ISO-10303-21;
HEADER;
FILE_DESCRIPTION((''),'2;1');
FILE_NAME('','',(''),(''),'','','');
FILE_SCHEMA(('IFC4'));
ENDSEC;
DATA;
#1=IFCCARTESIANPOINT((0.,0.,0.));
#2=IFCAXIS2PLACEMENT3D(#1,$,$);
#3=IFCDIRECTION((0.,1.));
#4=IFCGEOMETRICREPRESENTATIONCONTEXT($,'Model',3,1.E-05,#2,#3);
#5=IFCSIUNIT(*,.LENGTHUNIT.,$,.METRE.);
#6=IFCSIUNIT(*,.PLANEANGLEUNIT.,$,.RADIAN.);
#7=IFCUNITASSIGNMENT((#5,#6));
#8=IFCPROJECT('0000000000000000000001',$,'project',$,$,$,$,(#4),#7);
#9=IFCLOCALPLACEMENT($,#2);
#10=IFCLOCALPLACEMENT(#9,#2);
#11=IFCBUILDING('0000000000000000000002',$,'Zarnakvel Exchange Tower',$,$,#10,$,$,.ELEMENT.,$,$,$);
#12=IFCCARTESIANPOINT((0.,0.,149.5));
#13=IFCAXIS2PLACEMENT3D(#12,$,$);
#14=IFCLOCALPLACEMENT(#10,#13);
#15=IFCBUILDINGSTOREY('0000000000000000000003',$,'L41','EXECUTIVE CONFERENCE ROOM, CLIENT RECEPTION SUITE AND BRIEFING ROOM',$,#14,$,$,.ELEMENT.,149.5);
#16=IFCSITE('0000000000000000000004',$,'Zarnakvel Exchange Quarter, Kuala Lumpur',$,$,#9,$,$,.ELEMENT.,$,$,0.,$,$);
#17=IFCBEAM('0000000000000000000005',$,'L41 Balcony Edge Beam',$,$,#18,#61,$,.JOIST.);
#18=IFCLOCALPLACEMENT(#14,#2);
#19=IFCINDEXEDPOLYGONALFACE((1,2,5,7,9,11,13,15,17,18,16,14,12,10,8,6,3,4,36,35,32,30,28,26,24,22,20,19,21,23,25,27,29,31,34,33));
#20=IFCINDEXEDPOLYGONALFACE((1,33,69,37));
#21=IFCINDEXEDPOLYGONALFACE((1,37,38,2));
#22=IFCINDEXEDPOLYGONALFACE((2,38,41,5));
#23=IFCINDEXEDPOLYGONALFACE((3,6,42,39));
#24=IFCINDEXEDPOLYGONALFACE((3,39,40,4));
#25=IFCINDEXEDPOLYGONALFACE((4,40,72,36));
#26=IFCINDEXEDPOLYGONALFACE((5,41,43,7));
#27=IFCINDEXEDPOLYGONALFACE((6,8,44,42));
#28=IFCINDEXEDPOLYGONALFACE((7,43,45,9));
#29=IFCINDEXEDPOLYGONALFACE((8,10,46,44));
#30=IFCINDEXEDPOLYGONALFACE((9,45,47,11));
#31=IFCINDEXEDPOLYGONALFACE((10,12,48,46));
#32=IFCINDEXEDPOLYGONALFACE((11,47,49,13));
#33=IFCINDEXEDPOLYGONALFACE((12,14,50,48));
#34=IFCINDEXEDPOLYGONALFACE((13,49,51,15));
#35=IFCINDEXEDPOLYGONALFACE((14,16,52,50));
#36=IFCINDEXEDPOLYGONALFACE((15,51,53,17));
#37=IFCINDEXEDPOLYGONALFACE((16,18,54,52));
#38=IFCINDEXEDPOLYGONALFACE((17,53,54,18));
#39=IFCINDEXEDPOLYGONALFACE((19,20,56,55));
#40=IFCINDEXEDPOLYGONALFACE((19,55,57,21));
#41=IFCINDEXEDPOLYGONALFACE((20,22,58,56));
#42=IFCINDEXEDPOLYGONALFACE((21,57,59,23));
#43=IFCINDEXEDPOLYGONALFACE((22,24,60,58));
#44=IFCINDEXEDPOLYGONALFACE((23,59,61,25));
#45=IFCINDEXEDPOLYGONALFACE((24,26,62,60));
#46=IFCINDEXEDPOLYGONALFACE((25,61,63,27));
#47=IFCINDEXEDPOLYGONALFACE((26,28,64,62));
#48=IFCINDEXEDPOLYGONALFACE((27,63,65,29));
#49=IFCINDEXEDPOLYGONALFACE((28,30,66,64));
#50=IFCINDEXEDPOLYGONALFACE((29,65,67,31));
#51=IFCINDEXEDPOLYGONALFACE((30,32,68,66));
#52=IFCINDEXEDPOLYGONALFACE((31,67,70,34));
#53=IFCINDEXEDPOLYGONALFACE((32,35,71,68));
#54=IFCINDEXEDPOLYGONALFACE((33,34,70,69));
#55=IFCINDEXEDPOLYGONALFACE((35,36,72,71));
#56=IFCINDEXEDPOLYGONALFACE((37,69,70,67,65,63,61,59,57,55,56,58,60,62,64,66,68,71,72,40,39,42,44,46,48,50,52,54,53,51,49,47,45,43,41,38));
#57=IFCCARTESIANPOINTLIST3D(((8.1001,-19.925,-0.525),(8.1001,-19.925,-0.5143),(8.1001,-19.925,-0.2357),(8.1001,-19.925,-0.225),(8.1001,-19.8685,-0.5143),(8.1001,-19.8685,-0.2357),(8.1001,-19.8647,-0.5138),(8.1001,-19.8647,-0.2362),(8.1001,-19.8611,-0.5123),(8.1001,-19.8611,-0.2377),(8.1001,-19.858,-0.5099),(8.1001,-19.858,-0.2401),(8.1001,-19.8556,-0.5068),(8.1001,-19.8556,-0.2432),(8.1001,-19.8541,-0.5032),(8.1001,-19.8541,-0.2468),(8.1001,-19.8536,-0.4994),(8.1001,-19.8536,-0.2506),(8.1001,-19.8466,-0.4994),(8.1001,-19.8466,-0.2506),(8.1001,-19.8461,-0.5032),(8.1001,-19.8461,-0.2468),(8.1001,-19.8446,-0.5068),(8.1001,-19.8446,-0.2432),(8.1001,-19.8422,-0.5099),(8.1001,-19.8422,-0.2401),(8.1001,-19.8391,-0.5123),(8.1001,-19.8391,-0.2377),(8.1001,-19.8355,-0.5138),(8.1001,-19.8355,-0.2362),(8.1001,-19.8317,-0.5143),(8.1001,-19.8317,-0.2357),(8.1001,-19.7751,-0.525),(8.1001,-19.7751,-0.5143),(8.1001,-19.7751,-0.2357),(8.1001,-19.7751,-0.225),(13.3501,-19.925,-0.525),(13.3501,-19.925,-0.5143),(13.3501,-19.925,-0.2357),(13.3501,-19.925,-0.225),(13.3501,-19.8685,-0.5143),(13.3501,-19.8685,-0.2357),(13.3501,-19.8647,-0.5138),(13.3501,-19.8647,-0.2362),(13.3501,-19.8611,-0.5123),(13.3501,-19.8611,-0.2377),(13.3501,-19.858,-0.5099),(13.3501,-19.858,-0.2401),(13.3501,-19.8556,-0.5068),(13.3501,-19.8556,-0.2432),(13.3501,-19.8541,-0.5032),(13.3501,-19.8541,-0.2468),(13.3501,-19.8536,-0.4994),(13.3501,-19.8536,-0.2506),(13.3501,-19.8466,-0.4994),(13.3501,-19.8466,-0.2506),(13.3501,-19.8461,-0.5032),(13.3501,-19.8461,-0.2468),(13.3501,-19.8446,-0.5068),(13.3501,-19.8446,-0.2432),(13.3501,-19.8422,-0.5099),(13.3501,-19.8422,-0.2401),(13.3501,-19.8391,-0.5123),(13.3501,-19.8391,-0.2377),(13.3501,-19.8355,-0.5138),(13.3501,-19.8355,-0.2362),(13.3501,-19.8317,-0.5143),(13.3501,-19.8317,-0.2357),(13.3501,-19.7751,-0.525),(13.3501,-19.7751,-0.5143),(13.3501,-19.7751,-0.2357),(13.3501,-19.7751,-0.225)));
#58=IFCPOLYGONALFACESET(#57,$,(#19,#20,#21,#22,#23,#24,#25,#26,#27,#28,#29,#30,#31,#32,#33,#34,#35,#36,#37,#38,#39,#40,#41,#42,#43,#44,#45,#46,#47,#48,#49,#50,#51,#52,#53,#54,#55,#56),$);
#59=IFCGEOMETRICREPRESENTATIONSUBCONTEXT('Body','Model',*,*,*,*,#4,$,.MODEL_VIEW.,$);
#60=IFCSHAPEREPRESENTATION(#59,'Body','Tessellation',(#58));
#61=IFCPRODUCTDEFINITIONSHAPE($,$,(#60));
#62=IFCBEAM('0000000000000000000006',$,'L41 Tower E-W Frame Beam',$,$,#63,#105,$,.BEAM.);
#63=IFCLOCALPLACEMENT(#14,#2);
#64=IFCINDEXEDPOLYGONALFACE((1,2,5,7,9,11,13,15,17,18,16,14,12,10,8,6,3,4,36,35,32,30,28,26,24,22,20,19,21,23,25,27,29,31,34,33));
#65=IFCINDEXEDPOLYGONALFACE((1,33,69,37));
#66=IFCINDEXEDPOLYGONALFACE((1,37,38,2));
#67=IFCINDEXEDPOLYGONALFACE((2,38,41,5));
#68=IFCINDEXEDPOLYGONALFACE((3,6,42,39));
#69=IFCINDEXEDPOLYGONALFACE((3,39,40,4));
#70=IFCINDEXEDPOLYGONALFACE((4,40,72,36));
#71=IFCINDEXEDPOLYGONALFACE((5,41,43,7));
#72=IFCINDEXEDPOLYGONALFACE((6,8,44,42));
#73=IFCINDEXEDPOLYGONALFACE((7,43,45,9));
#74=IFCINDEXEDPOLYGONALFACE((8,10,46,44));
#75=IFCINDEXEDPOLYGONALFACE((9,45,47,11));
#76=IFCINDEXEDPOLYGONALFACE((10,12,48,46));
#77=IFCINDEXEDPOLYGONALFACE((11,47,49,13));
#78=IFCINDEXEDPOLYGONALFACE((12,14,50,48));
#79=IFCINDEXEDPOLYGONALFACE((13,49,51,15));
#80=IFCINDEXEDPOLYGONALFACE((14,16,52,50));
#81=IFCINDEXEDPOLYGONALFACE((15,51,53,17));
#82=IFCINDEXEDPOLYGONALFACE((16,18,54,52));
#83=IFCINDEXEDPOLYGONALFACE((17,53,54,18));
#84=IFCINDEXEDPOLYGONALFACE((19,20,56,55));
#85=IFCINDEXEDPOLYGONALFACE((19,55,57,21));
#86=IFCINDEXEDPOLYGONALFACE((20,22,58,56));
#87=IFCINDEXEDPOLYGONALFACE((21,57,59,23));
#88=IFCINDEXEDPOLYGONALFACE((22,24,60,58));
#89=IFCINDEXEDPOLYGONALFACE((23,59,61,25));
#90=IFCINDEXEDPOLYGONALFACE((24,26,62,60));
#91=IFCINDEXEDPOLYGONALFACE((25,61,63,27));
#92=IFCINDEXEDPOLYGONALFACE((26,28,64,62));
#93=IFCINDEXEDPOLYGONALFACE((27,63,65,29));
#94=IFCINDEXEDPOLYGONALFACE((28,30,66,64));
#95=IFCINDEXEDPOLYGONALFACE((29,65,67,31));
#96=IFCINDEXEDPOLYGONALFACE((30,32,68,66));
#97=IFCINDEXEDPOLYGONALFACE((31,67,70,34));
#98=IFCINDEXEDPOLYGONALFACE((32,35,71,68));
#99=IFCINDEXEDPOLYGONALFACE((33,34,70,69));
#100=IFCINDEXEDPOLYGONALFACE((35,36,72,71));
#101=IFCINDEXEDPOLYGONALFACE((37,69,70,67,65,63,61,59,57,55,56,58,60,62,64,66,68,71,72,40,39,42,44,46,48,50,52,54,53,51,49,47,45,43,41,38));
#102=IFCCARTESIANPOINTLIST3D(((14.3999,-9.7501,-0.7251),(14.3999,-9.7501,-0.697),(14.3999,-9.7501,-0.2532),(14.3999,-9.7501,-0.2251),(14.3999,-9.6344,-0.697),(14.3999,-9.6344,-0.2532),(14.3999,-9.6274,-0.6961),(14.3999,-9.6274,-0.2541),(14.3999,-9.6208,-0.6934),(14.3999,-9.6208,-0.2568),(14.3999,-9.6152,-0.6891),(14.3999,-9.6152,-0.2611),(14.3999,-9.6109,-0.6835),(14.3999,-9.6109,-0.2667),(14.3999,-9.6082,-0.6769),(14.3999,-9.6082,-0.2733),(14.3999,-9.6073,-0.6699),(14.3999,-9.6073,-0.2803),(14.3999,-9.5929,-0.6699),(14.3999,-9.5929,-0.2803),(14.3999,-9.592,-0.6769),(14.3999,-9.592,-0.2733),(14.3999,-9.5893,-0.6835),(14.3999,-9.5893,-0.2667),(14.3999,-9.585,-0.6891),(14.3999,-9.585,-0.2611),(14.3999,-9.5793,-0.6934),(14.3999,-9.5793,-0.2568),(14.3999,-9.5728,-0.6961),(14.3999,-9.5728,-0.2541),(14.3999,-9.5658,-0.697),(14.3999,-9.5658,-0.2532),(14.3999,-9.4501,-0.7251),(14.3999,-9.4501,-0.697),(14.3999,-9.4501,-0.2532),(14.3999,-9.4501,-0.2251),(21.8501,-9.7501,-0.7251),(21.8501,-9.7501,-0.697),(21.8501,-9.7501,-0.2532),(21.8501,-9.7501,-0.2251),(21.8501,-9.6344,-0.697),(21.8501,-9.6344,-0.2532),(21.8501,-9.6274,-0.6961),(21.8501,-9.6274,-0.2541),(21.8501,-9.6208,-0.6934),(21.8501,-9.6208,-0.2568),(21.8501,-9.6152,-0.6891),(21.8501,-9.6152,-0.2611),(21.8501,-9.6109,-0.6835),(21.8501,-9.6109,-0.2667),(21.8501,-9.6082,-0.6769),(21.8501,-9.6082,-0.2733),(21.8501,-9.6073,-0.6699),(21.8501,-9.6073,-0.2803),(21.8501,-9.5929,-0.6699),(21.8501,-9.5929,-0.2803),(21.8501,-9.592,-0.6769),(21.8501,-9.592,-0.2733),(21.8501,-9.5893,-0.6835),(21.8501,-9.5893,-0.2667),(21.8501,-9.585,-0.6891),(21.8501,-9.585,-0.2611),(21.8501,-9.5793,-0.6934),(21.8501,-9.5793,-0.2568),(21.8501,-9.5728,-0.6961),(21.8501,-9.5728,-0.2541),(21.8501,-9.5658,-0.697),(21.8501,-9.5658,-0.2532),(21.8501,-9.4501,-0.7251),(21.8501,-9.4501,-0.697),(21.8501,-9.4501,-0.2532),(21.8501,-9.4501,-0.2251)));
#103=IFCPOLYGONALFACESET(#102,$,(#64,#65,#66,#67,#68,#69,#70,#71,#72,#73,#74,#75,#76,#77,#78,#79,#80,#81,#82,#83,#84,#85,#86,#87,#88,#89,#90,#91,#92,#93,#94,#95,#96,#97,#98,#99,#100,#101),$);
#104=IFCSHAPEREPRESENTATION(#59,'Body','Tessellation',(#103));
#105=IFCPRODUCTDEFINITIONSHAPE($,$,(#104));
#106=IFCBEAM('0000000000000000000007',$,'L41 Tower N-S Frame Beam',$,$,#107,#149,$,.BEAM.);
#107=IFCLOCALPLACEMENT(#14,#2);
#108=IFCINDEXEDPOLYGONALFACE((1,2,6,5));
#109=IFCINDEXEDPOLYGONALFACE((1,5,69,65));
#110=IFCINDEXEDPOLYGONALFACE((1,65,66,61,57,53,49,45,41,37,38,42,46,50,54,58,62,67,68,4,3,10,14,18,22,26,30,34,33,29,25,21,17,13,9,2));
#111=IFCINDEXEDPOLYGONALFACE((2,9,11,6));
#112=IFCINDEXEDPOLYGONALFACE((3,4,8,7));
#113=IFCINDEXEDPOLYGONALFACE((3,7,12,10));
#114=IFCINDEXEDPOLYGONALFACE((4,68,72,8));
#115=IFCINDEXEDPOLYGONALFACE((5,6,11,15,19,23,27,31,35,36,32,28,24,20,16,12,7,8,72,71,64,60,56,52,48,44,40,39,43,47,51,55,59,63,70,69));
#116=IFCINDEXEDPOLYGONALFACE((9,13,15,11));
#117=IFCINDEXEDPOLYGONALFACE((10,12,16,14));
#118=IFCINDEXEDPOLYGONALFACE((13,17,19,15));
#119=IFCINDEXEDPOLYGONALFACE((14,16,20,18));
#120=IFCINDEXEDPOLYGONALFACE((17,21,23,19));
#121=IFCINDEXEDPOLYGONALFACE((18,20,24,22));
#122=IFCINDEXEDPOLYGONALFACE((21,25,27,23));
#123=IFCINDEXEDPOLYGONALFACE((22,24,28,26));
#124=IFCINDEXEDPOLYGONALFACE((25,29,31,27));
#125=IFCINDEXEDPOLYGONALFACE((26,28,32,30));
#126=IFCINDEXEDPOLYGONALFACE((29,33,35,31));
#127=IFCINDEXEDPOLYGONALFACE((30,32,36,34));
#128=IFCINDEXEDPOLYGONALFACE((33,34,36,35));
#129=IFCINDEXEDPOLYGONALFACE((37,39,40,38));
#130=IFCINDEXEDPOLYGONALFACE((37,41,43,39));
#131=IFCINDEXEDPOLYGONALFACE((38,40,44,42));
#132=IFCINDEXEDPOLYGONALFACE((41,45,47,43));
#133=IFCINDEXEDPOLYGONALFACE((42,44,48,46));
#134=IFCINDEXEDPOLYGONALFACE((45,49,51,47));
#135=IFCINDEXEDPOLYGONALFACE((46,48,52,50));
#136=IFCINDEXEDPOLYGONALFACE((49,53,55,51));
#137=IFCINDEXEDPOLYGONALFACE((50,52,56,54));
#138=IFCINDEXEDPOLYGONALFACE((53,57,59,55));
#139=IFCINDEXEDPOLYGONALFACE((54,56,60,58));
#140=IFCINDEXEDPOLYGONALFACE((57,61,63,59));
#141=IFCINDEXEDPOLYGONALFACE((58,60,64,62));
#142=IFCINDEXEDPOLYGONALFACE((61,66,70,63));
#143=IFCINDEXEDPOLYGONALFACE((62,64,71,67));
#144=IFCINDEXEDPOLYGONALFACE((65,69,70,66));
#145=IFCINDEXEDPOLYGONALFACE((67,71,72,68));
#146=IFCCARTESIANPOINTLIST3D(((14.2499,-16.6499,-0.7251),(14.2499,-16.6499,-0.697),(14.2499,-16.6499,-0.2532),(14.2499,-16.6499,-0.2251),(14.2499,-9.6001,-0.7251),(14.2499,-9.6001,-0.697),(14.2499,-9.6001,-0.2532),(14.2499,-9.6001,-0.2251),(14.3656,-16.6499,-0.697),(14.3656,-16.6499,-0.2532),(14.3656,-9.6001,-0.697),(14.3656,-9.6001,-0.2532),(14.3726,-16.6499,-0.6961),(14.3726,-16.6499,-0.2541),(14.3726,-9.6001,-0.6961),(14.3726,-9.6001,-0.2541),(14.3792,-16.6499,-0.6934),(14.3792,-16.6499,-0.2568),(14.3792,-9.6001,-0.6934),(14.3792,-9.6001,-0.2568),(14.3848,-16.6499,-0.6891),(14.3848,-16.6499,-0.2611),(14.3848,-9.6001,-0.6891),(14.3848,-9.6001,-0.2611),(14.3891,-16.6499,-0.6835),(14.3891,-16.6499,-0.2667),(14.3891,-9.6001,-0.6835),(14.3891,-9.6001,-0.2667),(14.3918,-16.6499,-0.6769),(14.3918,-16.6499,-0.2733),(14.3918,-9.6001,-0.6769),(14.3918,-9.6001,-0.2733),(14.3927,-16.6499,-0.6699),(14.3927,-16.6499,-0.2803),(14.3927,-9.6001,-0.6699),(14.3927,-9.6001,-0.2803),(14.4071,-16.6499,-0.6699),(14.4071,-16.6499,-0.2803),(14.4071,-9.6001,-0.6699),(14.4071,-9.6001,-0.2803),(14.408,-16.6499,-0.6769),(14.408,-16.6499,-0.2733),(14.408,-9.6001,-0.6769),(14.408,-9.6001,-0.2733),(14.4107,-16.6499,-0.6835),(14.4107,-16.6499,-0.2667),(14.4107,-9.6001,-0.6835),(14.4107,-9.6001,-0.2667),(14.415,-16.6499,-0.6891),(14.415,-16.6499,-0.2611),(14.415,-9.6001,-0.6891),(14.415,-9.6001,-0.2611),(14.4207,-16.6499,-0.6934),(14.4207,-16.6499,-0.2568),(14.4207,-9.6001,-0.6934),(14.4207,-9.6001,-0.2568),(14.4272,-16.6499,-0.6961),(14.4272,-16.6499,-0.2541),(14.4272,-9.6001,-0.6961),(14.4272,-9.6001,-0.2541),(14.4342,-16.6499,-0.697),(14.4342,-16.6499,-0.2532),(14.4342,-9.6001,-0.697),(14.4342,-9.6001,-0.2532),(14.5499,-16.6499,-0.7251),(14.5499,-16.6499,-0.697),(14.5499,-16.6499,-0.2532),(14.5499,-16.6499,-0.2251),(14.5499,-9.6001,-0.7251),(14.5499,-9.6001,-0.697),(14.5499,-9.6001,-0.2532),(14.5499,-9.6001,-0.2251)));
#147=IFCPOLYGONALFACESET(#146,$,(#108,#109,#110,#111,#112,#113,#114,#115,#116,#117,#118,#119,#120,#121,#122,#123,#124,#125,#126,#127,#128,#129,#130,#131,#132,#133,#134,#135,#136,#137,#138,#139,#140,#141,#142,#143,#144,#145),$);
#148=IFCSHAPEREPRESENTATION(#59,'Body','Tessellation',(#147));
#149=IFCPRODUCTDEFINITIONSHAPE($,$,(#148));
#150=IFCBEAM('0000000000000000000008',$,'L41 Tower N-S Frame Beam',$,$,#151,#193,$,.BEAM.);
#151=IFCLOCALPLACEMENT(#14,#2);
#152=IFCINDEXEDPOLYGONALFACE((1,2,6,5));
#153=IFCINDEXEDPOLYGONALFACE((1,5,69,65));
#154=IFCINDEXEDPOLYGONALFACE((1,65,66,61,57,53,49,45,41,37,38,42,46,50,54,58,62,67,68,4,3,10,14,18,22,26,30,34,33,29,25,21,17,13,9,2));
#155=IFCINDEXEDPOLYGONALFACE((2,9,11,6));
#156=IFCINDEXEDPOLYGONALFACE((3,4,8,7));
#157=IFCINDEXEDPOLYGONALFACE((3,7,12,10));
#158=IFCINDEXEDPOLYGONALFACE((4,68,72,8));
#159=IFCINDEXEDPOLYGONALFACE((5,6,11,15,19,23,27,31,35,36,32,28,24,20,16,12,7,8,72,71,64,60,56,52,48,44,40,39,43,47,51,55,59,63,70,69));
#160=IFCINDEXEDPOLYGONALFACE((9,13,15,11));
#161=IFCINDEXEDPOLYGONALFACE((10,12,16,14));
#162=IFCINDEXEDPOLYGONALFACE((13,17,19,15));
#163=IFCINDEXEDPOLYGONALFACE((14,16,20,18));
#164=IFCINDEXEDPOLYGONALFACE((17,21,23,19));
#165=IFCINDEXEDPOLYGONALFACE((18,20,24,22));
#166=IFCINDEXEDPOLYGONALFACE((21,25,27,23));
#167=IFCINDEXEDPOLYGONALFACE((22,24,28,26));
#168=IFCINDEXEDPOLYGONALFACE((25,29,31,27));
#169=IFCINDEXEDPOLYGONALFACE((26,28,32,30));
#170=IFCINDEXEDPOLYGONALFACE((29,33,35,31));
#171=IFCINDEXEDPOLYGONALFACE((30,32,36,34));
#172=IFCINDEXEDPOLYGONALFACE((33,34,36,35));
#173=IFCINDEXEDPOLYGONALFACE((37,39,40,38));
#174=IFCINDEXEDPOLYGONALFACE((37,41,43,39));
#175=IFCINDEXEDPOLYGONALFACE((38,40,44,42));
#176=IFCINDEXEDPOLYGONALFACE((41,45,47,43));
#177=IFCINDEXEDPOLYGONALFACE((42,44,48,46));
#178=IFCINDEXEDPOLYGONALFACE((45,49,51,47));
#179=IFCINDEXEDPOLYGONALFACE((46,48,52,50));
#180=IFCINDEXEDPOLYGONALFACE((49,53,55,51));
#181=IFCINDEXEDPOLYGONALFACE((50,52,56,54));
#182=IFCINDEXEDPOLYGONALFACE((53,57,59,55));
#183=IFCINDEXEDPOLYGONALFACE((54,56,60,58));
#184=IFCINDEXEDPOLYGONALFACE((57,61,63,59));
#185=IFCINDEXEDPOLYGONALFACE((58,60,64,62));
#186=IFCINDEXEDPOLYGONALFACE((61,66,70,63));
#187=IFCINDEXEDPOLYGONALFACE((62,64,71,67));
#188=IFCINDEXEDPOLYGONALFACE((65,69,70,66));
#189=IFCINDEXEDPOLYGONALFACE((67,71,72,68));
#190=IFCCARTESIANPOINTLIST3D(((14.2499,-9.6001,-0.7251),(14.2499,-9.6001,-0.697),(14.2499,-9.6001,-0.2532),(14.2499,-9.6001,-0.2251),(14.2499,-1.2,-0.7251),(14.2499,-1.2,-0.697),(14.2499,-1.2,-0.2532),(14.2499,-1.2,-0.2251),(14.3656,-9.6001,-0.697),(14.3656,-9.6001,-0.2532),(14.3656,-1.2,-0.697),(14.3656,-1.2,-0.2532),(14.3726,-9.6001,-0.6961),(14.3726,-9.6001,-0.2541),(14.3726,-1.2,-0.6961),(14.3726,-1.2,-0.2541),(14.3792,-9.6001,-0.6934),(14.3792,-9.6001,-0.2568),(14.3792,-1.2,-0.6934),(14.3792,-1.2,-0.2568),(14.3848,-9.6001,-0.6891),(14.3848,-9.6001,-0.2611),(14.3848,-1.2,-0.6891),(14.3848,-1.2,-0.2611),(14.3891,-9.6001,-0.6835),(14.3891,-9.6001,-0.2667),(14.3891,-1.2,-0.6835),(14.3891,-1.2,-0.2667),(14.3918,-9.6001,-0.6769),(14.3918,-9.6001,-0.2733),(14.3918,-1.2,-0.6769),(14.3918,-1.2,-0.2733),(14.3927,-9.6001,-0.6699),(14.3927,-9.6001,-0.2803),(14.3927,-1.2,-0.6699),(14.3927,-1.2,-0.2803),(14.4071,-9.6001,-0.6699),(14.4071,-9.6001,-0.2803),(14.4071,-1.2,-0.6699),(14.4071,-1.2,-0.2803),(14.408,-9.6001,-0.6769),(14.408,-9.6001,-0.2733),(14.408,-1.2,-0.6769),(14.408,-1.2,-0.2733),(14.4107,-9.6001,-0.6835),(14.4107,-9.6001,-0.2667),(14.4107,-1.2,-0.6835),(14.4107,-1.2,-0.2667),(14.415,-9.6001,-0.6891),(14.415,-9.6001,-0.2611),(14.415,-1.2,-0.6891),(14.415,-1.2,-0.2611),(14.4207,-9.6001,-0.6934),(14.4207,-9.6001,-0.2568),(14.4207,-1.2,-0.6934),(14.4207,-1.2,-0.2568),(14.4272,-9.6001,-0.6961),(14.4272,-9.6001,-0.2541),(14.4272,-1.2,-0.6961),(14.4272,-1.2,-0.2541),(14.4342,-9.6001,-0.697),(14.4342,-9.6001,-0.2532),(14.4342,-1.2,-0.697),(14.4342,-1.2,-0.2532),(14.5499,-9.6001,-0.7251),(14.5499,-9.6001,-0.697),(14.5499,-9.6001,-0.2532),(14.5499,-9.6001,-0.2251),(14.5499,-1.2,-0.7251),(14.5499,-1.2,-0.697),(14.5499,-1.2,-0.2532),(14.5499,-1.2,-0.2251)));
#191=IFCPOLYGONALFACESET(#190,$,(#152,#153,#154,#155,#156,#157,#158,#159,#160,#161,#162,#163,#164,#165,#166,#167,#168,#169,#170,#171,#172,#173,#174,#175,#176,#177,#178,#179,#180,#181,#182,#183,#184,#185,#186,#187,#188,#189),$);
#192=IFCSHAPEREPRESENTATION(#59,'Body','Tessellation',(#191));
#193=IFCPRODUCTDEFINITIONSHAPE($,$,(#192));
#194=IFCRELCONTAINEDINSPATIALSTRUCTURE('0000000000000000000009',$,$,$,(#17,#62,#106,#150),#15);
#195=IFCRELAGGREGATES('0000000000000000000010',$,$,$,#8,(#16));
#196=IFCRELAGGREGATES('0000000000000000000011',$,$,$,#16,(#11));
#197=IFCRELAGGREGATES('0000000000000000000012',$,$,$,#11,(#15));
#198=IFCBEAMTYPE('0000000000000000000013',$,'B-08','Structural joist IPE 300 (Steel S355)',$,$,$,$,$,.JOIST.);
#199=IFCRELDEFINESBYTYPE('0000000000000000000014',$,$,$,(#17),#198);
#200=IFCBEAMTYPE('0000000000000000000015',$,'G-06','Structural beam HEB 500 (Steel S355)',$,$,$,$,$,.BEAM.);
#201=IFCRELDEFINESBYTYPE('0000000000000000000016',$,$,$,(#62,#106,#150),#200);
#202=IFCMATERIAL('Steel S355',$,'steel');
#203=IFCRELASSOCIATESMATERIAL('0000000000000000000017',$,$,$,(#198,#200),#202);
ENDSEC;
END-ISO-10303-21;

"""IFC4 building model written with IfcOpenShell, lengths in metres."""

from ifc_helpers import new_model, si_unit, direction, frame, origin, origin_2d, place, context, subcontext, project, spatial, i_section, extrude, material, material_profile, profile_set, type_object, element, save


model = new_model("IFC4")

# Units and contexts
model_context = context("Model", 3, precision=1e-05, world=origin(), true_north=direction((0.0, 1.0)))
body_context = subcontext(model_context, "Body", "Model", "MODEL_VIEW")
ifc_project = project(units=[si_unit("LENGTHUNIT", "METRE"), si_unit("PLANEANGLEUNIT", "RADIAN")], contexts=[model_context])

# Site, building, storey
site_placement = place(None, origin())
site = spatial("IfcSite", under=ifc_project, at=site_placement, Name="Zarnakvel Exchange Quarter, Kuala Lumpur", CompositionType="ELEMENT", RefElevation=0.0)
building_placement = place(site_placement, origin())
building = spatial("IfcBuilding", under=site, at=building_placement, Name="Zarnakvel Exchange Tower", CompositionType="ELEMENT")
storey_placement = place(building_placement, frame((0.0, 0.0, 149.5)))
storey = spatial("IfcBuildingStorey", under=building, at=storey_placement, Name="L41", Description="EXECUTIVE CONFERENCE ROOM, CLIENT RECEPTION SUITE AND BRIEFING ROOM", CompositionType="ELEMENT", Elevation=149.5)

# Shared definitions
ifc_material_1 = material(Name="Steel S355", Category="steel")

# Beams
ifc_material_profile_1 = material_profile(ifc_material_1, i_section(OverallWidth=0.1499, OverallDepth=0.3, WebThickness=0.0071, FlangeThickness=0.0107, FilletRadius=0.0149, at=origin_2d()))
ifc_profile_set_1 = profile_set([ifc_material_profile_1], Name="Steel S355")
beam_type_1 = type_object("IfcBeamType", Name="B-08", Description="Structural joist IPE 300 (Steel S355)", PredefinedType="JOIST", material=ifc_profile_set_1)
beam_1_placement = place(storey_placement, frame((8.1001, -19.8501, -0.375), z_axis=(1.0, 0.0, 0.0), x_axis=(0.0, 1.0, 0.0)))
element("IfcBeam", 1, at=beam_1_placement, inside=storey, type_object=beam_type_1, Name="L41 Balcony Edge Beam", PredefinedType="JOIST", context=body_context, shape_type="SweptSolid", body=[
    extrude(i_section(OverallWidth=0.1499, OverallDepth=0.3, WebThickness=0.0071, FlangeThickness=0.0107, FilletRadius=0.0149, at=origin_2d()), origin(), (0.0, 0.0, 1.0), 5.25),
])
ifc_material_profile_2 = material_profile(ifc_material_1, i_section(OverallWidth=0.3, OverallDepth=0.5, WebThickness=0.0144, FlangeThickness=0.0281, FilletRadius=0.0271, at=origin_2d()))
ifc_profile_set_2 = profile_set([ifc_material_profile_2], Name="Steel S355")
beam_type_2 = type_object("IfcBeamType", Name="G-06", Description="Structural beam HEB 500 (Steel S355)", PredefinedType="BEAM", material=ifc_profile_set_2)
beam_2_placement = place(storey_placement, frame((14.3999, -9.6001, -0.4751), z_axis=(1.0, 0.0, 0.0), x_axis=(0.0, 1.0, 0.0)))
element("IfcBeam", 2, at=beam_2_placement, inside=storey, type_object=beam_type_2, Name="L41 Tower E-W Frame Beam", PredefinedType="BEAM", context=body_context, shape_type="SweptSolid", body=[
    extrude(i_section(OverallWidth=0.3, OverallDepth=0.5, WebThickness=0.0144, FlangeThickness=0.0281, FilletRadius=0.0271, at=origin_2d()), origin(), (0.0, 0.0, 1.0), 7.4502),
])
beam_3_placement = place(storey_placement, frame((14.3999, -16.6499, -0.4751), z_axis=(0.0, 1.0, 0.0), x_axis=(-1.0, 0.0, 0.0)))
element("IfcBeam", 3, at=beam_3_placement, inside=storey, type_object=beam_type_2, Name="L41 Tower N-S Frame Beam", PredefinedType="BEAM", context=body_context, shape_type="SweptSolid", body=[
    extrude(i_section(OverallWidth=0.3, OverallDepth=0.5, WebThickness=0.0144, FlangeThickness=0.0281, FilletRadius=0.0271, at=origin_2d()), origin(), (0.0, 0.0, 1.0), 7.0498),
])
beam_4_placement = place(storey_placement, frame((14.3999, -9.6001, -0.4751), z_axis=(0.0, 1.0, 0.0), x_axis=(-1.0, 0.0, 0.0)))
element("IfcBeam", 4, at=beam_4_placement, inside=storey, type_object=beam_type_2, Name="L41 Tower N-S Frame Beam", PredefinedType="BEAM", context=body_context, shape_type="SweptSolid", body=[
    extrude(i_section(OverallWidth=0.3, OverallDepth=0.5, WebThickness=0.0144, FlangeThickness=0.0281, FilletRadius=0.0271, at=origin_2d()), origin(), (0.0, 0.0, 1.0), 8.4001),
])

save(model, "model.ifc")
